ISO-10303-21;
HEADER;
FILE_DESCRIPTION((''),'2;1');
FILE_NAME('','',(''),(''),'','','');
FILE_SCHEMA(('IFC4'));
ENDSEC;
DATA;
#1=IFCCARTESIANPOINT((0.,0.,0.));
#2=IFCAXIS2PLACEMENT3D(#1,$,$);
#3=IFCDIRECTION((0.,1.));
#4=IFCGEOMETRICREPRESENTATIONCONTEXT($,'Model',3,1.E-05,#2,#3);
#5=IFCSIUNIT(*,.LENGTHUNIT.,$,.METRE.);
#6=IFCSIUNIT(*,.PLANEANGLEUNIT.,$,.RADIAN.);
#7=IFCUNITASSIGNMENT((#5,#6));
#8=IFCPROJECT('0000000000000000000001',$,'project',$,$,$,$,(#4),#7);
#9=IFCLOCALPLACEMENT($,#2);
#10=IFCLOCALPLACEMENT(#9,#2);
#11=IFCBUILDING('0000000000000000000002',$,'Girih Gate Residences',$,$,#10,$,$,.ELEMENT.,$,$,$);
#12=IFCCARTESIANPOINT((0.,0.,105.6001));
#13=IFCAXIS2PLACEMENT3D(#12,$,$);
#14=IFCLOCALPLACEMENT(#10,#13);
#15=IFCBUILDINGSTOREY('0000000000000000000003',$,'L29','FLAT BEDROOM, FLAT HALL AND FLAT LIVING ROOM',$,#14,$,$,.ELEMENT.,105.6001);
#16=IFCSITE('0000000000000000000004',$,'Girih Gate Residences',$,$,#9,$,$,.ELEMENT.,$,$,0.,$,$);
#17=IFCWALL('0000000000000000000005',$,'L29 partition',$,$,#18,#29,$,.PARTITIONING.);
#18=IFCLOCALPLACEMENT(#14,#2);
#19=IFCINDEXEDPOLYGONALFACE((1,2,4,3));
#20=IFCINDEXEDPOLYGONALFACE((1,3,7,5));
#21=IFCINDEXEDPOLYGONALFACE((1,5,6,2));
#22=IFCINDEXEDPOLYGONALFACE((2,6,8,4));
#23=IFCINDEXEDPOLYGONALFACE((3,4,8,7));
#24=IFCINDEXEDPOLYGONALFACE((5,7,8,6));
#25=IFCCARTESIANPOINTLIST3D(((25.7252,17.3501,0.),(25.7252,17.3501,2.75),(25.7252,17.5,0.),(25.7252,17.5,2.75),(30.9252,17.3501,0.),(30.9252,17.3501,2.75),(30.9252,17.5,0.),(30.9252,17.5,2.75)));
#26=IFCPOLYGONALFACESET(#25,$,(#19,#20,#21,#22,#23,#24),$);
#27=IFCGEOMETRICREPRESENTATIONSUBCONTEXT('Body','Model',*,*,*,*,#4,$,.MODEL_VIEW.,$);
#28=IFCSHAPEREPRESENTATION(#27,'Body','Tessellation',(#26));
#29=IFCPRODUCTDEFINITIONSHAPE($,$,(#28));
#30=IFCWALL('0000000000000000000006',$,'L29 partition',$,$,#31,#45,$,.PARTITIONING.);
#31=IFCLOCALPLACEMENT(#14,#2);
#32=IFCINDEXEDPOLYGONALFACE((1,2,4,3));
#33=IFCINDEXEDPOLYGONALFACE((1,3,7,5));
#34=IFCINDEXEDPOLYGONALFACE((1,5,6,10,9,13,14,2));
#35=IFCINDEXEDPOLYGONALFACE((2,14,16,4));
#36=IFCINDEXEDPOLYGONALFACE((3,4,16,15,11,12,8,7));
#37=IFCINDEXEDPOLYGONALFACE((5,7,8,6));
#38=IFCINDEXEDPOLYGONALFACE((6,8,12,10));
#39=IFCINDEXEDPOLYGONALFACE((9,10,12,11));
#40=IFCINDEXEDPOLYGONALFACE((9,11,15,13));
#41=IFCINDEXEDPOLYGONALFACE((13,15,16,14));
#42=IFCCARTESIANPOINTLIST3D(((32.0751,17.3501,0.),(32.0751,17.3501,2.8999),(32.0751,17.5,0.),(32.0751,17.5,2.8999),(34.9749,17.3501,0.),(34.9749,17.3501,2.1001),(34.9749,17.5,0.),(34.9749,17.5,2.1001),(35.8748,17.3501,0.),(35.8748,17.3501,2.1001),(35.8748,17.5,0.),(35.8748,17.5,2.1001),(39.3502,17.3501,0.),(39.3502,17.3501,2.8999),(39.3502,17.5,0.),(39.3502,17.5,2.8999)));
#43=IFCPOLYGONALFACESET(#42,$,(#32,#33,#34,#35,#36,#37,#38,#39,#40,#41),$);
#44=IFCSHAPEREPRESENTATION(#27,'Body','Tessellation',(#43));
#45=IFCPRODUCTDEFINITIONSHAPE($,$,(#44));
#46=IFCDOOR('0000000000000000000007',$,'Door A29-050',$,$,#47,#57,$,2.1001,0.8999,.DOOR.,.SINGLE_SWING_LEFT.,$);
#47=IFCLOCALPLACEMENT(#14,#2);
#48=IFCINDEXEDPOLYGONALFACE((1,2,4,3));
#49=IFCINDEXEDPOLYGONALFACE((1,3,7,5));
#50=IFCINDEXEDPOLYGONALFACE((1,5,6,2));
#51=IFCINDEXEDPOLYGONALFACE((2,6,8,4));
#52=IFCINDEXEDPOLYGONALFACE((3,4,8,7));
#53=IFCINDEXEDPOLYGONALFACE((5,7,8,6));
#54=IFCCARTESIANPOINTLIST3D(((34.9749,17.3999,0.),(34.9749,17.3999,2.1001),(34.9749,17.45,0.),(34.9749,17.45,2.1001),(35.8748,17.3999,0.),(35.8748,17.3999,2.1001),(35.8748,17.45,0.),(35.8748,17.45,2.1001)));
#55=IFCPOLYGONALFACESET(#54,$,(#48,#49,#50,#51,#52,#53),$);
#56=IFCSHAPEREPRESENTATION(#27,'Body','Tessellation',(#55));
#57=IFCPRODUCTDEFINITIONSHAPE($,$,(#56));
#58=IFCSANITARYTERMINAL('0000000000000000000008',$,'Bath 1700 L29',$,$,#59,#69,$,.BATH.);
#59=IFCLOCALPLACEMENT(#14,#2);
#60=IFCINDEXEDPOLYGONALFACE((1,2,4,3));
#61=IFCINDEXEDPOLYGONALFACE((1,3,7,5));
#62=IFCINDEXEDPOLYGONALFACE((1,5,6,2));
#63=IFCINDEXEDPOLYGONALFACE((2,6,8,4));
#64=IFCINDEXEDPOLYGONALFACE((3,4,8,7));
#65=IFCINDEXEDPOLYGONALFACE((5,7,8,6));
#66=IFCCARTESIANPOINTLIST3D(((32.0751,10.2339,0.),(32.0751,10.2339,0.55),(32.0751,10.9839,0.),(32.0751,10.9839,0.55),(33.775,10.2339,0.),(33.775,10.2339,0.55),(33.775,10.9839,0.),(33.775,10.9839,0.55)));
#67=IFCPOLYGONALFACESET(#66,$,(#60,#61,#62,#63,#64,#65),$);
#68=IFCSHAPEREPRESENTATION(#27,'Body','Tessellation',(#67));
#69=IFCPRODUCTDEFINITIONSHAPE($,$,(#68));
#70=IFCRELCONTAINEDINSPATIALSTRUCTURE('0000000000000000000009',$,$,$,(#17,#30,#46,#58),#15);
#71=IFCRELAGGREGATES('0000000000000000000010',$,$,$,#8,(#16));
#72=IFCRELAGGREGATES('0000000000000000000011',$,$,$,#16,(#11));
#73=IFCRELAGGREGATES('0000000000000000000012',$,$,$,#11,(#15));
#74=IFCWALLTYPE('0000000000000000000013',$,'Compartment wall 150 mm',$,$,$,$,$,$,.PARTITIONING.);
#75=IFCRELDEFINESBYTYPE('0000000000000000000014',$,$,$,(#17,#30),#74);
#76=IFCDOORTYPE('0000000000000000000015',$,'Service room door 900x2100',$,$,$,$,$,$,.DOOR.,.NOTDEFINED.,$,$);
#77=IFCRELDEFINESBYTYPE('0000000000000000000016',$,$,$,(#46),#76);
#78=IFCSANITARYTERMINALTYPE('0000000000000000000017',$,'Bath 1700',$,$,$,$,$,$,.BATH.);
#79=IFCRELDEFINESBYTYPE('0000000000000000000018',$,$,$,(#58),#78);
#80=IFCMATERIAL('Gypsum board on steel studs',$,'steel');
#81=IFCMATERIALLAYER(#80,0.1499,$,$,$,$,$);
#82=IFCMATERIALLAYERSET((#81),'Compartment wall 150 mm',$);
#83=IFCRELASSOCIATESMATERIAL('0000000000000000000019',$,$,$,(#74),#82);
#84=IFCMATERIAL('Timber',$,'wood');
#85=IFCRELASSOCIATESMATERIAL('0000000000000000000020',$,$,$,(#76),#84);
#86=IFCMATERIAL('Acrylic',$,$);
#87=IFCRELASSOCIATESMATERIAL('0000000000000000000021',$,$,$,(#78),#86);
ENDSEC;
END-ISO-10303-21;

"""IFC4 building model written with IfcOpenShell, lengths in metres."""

from ifc_helpers import new_model, si_unit, direction, frame, frame_2d, origin, origin_2d, place, context, subcontext, project, spatial, rectangle, extrude, material, layer, layer_set, type_object, element, fill, save


model = new_model("IFC4")

# Units and contexts
model_context = context("Model", 3, precision=1e-05, world=origin(), true_north=direction((0.0, 1.0)))
body_context = subcontext(model_context, "Body", "Model", "MODEL_VIEW")
ifc_project = project(units=[si_unit("LENGTHUNIT", "METRE"), si_unit("PLANEANGLEUNIT", "RADIAN")], contexts=[model_context])

# Site, building, storey
site_placement = place(None, origin())
site = spatial("IfcSite", under=ifc_project, at=site_placement, Name="Girih Gate Residences", CompositionType="ELEMENT", RefElevation=0.0)
building_placement = place(site_placement, origin())
building = spatial("IfcBuilding", under=site, at=building_placement, Name="Girih Gate Residences", CompositionType="ELEMENT")
storey_placement = place(building_placement, frame((0.0, 0.0, 105.6001)))
storey = spatial("IfcBuildingStorey", under=building, at=storey_placement, Name="L29", Description="FLAT BEDROOM, FLAT HALL AND FLAT LIVING ROOM", CompositionType="ELEMENT", Elevation=105.6001)

# Shared definitions
ifc_material_1 = material(Name="Gypsum board on steel studs", Category="steel")
ifc_layer_1 = layer(ifc_material_1, 0.1499)
ifc_layer_set_1 = layer_set([ifc_layer_1], Name="Compartment wall 150 mm")
wall_type_1 = type_object("IfcWallType", Name="Compartment wall 150 mm", PredefinedType="PARTITIONING", material=ifc_layer_set_1)

# Wall
wall_1_placement = place(storey_placement, frame((25.7251, 17.425, 0.0), z_axis=(0.0, 0.0, 1.0), x_axis=(1.0, 0.0, 0.0)))
element("IfcWall", 1, at=wall_1_placement, inside=storey, type_object=wall_type_1, Name="L29 partition", PredefinedType="PARTITIONING", context=body_context, shape_type="SweptSolid", body=[
    extrude(rectangle(XDim=5.2, YDim=0.1499, at=frame_2d((2.6001, 0.0))), origin(), (0.0, 0.0, 1.0), 2.75),
])

# Wall, opening, door
wall_2_placement = place(storey_placement, frame((32.075, 17.425, 0.0), z_axis=(0.0, 0.0, 1.0), x_axis=(1.0, 0.0, 0.0)))
wall_2 = element("IfcWall", 2, at=wall_2_placement, inside=storey, type_object=wall_type_1, Name="L29 partition", PredefinedType="PARTITIONING", context=body_context, shape_type="SweptSolid", body=[
    extrude(rectangle(XDim=7.2751, YDim=0.1499, at=frame_2d((3.6377, 0.0))), origin(), (0.0, 0.0, 1.0), 2.8999),
])
opening_1_placement = place(wall_2_placement, frame((2.8999, 0.0, 0.0)))
opening_1 = element("IfcOpeningElement", 3, at=opening_1_placement, cuts=wall_2, PredefinedType="OPENING", context=body_context, shape_type="SweptSolid", body=[
    extrude(rectangle(XDim=0.8999, YDim=2.1001, at=frame_2d((0.45, 1.05))), frame((0.0, 0.085, 0.0), z_axis=(0.0, -1.0, 0.0), x_axis=(1.0, 0.0, 0.0)), (0.0, 0.0, 1.0), 0.1699),
])
ifc_material_2 = material(Name="Timber", Category="wood")
door_type_1 = type_object("IfcDoorType", Name="Service room door 900x2100", OperationType="NOTDEFINED", PredefinedType="DOOR", material=ifc_material_2)
door_1_placement = place(opening_1_placement, origin())
door_1 = element("IfcDoor", 4, at=door_1_placement, inside=storey, type_object=door_type_1, Name="Door A29-050", OperationType="SINGLE_SWING_LEFT", OverallHeight=2.1001, OverallWidth=0.8999, PredefinedType="DOOR", context=body_context, shape_type="SweptSolid", body=[
    extrude(rectangle(XDim=0.8999, YDim=2.1001, at=frame_2d((0.45, 1.05))), frame((0.0, 0.0249, 0.0), z_axis=(0.0, -1.0, 0.0), x_axis=(1.0, 0.0, 0.0)), (0.0, 0.0, 1.0), 0.05),
])
fill(opening_1, door_1)

# Sanitary terminal
ifc_material_3 = material(Name="Acrylic")
sanitary_terminal_type = type_object("IfcSanitaryTerminalType", Name="Bath 1700", PredefinedType="BATH", material=ifc_material_3)
sanitary_terminal_placement = place(storey_placement, frame((32.925, 10.6089, 0.0), z_axis=(0.0, 0.0, 1.0), x_axis=(1.0, 0.0, 0.0)))
element("IfcSanitaryTerminal", 5, at=sanitary_terminal_placement, inside=storey, type_object=sanitary_terminal_type, Name="Bath 1700 L29", PredefinedType="BATH", context=body_context, shape_type="SweptSolid", body=[
    extrude(rectangle(XDim=1.7, YDim=0.75, at=origin_2d()), origin(), (0.0, 0.0, 1.0), 0.55),
])

save(model, "model.ifc")
